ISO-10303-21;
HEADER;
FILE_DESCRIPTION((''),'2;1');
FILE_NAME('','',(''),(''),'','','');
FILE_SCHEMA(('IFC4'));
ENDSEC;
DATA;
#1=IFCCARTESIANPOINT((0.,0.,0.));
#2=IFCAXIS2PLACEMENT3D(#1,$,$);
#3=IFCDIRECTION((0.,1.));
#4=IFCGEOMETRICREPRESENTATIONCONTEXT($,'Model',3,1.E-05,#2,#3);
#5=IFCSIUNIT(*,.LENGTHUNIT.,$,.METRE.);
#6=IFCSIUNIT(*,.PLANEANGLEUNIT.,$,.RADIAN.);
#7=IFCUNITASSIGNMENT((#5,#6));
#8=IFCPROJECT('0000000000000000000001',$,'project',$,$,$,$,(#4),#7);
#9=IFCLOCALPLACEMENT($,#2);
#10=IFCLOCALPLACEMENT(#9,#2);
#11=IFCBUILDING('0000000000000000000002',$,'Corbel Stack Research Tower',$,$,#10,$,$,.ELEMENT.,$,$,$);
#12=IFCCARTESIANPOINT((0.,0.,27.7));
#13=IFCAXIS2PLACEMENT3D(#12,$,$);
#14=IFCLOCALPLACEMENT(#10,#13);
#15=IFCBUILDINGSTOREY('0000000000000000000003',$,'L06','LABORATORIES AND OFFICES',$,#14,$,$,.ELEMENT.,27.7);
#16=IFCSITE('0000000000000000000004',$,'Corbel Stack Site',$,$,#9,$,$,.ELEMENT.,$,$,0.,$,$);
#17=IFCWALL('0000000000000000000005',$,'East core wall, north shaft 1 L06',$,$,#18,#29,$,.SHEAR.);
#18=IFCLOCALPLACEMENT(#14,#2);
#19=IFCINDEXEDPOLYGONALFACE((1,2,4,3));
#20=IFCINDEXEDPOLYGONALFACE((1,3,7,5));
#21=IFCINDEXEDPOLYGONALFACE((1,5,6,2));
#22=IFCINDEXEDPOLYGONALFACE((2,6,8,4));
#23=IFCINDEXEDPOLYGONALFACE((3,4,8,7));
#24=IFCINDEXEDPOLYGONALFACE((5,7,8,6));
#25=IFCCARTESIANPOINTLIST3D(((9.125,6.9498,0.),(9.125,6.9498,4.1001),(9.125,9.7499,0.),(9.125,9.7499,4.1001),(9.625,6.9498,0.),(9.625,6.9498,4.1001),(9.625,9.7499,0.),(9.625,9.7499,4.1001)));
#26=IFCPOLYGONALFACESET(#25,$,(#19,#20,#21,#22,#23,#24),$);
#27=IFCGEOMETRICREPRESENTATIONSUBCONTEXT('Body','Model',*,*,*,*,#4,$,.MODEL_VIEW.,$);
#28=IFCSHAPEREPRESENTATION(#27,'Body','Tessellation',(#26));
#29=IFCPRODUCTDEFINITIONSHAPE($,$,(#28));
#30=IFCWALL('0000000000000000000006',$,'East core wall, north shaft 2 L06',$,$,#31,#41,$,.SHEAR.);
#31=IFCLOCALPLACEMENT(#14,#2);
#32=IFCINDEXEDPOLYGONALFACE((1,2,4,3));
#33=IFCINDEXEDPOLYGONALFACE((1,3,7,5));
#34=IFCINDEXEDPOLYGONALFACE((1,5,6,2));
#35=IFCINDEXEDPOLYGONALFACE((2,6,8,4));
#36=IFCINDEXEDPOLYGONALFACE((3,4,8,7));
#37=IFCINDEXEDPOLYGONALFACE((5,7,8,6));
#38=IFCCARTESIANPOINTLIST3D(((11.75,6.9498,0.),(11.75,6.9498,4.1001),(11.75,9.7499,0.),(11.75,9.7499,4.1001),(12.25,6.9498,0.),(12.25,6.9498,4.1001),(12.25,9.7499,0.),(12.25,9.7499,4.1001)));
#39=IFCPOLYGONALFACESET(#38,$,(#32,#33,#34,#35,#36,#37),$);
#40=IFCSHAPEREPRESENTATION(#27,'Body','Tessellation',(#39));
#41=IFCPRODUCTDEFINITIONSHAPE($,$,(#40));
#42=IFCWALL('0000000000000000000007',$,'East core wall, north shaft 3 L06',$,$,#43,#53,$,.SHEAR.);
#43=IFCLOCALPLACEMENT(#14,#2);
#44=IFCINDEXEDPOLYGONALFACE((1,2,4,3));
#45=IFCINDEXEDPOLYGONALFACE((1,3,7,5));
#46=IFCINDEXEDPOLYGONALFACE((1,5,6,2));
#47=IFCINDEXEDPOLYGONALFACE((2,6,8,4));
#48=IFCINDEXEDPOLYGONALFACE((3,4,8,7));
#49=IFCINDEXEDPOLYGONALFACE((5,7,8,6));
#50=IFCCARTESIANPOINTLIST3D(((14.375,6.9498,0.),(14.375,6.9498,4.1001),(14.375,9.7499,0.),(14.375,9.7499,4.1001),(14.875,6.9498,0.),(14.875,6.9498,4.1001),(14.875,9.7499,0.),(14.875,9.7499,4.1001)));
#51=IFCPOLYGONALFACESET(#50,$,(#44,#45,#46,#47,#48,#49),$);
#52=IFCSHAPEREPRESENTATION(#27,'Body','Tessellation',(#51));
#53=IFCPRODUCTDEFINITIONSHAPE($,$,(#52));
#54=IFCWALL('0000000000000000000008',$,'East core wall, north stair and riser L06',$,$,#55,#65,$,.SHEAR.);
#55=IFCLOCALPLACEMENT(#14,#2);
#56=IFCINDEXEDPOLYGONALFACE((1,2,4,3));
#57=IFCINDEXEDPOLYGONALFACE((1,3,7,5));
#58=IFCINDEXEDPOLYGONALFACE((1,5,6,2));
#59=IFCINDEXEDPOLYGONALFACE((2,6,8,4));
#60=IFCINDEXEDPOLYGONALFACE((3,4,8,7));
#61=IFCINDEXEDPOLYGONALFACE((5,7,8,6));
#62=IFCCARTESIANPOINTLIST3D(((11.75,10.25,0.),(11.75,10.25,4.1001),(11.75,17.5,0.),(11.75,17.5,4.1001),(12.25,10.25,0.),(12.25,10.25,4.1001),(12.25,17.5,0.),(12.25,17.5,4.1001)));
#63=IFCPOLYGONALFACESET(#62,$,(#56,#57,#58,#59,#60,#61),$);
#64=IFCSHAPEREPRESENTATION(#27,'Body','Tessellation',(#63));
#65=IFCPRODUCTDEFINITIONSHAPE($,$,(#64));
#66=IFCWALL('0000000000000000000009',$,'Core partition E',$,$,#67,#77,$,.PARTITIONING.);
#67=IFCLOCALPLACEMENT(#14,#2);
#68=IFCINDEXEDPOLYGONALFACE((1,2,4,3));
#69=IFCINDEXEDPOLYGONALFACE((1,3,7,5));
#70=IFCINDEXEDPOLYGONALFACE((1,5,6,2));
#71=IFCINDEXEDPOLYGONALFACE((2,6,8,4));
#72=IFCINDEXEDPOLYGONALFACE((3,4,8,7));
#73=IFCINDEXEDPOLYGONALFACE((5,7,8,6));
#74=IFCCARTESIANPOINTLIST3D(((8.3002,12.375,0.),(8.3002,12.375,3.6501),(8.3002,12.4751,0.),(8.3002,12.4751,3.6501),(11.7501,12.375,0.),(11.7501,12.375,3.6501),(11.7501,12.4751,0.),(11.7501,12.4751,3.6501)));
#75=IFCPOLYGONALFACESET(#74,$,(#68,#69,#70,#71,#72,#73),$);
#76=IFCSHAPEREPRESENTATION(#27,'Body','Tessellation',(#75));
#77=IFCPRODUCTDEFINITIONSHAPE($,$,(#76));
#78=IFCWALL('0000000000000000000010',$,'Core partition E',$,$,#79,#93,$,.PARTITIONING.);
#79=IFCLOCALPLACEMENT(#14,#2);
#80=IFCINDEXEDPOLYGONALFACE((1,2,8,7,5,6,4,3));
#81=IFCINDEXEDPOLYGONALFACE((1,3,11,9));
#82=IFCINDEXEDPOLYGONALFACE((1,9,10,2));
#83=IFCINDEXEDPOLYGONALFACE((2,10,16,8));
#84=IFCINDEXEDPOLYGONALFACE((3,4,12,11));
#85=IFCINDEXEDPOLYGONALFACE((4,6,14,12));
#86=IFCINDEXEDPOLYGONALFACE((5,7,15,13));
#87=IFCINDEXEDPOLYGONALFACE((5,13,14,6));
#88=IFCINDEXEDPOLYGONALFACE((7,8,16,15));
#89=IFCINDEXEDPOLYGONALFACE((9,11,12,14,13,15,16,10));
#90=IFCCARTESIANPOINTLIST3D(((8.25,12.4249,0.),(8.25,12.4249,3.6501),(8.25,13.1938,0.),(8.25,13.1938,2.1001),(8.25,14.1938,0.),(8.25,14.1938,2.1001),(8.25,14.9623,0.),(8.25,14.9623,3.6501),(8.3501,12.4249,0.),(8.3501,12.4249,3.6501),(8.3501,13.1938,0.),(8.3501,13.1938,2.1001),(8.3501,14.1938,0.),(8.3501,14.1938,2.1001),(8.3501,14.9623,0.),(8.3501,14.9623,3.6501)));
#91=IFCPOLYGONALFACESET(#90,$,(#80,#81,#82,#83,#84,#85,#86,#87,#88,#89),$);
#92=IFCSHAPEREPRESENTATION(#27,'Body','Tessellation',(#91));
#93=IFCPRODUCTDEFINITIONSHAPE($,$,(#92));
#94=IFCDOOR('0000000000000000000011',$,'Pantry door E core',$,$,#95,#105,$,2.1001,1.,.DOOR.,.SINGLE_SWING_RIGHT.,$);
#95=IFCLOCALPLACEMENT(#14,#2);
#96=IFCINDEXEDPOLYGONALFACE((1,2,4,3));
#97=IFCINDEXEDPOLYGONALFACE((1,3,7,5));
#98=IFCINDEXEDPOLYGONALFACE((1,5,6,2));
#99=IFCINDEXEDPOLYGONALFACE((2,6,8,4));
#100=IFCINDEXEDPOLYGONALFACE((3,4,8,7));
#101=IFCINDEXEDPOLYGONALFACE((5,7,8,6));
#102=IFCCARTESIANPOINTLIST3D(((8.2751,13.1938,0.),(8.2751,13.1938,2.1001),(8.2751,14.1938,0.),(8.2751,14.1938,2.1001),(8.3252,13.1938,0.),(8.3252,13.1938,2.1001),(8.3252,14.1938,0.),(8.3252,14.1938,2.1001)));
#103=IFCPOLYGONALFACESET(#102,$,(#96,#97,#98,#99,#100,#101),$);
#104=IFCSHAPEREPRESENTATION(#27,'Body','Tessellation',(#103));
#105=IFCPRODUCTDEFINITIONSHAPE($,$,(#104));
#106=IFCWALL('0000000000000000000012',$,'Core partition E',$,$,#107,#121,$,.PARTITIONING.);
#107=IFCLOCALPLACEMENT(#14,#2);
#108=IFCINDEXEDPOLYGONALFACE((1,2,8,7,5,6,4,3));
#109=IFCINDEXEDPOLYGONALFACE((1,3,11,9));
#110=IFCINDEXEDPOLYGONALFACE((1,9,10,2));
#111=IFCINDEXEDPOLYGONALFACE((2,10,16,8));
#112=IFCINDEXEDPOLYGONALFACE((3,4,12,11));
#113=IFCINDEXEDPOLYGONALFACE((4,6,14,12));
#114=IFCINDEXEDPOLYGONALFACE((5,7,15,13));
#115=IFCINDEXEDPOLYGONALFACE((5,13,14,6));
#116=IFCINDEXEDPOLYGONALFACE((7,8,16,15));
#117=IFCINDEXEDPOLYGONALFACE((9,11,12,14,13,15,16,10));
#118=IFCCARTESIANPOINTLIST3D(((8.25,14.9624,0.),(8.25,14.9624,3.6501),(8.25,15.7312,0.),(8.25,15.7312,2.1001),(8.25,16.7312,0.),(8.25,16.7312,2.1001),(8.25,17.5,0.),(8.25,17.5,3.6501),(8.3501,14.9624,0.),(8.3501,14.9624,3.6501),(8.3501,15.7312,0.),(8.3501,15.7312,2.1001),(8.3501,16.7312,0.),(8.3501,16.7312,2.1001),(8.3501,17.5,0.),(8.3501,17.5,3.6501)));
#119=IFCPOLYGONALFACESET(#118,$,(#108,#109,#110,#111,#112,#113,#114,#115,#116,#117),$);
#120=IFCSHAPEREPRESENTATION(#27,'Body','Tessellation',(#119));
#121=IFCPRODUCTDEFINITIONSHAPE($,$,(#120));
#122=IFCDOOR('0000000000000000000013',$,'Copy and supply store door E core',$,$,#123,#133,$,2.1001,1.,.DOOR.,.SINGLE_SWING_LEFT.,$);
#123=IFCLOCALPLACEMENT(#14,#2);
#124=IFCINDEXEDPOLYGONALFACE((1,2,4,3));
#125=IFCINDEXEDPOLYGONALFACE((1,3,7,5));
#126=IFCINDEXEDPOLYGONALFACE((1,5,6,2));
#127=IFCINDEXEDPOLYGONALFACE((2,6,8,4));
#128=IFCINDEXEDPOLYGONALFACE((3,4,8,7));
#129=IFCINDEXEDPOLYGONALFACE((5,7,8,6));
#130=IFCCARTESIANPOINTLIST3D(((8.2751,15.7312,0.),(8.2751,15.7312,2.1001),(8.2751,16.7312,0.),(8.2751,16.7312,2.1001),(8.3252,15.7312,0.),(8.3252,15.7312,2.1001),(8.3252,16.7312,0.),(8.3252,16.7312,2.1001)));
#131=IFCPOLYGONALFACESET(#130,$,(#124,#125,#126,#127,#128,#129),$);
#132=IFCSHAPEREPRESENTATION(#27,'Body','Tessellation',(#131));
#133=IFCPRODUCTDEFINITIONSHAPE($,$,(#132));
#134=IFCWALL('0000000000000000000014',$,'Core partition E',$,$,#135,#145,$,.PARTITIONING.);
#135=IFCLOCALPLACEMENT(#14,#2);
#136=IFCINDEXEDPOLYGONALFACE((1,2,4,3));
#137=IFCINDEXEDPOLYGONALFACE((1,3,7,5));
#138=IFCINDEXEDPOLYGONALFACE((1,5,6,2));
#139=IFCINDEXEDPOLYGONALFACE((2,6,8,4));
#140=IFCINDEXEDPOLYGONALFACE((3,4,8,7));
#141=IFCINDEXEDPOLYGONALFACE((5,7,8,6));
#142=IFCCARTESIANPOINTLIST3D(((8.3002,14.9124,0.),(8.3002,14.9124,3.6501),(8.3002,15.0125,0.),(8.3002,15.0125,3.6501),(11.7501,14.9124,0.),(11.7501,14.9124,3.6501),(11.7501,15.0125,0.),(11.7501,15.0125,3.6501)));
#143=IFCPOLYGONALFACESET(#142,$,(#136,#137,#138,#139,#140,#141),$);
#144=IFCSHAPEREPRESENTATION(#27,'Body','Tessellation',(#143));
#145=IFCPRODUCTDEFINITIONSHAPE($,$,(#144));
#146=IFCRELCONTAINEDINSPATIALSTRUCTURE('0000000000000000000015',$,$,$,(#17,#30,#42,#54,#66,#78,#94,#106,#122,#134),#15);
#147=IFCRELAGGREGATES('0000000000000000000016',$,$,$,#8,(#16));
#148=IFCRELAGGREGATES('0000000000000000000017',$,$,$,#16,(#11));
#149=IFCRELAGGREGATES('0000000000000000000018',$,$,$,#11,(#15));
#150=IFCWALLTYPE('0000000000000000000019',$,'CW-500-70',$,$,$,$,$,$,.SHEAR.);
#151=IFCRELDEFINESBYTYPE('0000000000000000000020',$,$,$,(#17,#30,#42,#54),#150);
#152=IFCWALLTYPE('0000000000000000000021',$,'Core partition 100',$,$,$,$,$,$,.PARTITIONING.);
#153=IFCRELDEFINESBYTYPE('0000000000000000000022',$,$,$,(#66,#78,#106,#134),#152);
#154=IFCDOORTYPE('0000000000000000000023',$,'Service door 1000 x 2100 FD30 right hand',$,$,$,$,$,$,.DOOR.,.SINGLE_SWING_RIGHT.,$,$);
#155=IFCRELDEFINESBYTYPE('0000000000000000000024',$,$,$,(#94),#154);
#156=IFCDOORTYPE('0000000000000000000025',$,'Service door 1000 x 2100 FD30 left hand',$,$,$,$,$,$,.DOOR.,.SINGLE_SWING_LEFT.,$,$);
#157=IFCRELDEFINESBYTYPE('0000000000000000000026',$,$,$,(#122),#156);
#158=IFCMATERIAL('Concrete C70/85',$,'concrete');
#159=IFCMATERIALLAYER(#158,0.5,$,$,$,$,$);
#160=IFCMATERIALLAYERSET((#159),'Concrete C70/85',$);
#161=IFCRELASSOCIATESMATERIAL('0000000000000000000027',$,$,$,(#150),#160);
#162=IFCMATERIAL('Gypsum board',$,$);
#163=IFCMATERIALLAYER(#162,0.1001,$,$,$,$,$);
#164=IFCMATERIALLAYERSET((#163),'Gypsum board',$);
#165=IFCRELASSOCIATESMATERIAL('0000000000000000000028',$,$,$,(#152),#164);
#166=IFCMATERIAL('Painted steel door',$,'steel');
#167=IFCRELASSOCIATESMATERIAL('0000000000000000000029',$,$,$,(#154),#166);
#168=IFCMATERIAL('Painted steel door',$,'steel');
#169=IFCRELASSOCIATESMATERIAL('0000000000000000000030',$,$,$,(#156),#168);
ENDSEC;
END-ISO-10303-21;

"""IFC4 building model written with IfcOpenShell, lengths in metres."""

from ifc_helpers import new_model, si_unit, direction, frame, frame_2d, origin, place, context, subcontext, project, spatial, rectangle, extrude, material, layer, layer_set, type_object, element, fill, save


model = new_model("IFC4")

# Units and contexts
model_context = context("Model", 3, precision=1e-05, world=origin(), true_north=direction((0.0, 1.0)))
body_context = subcontext(model_context, "Body", "Model", "MODEL_VIEW")
ifc_project = project(units=[si_unit("LENGTHUNIT", "METRE"), si_unit("PLANEANGLEUNIT", "RADIAN")], contexts=[model_context])

# Site, building, storey
site_placement = place(None, origin())
site = spatial("IfcSite", under=ifc_project, at=site_placement, Name="Corbel Stack Site", CompositionType="ELEMENT", RefElevation=0.0)
building_placement = place(site_placement, origin())
building = spatial("IfcBuilding", under=site, at=building_placement, Name="Corbel Stack Research Tower", CompositionType="ELEMENT")
storey_placement = place(building_placement, frame((0.0, 0.0, 27.7)))
storey = spatial("IfcBuildingStorey", under=building, at=storey_placement, Name="L06", Description="LABORATORIES AND OFFICES", CompositionType="ELEMENT", Elevation=27.7)

# Walls
ifc_material_1 = material(Name="Concrete C70/85", Category="concrete")
ifc_layer_1 = layer(ifc_material_1, 0.5)
ifc_layer_set_1 = layer_set([ifc_layer_1], Name="Concrete C70/85")
wall_type_1 = type_object("IfcWallType", Name="CW-500-70", PredefinedType="SHEAR", material=ifc_layer_set_1)
for number, where, z_axis, x_axis, name in (
    (1, (9.375, 6.95, 0.0), (0.0, 0.0, 1.0), (0.0, 1.0, 0.0), "East core wall, north shaft 1 L06"),
    (2, (12.0, 6.95, 0.0), (0.0, 0.0, 1.0), (0.0, 1.0, 0.0), "East core wall, north shaft 2 L06"),
    (3, (14.625, 6.95, 0.0), (0.0, 0.0, 1.0), (0.0, 1.0, 0.0), "East core wall, north shaft 3 L06"),
):
    element("IfcWall", number, at=place(storey_placement, frame(where, z_axis=z_axis, x_axis=x_axis)), inside=storey, type_object=wall_type_1, Name=name, PredefinedType="SHEAR", context=body_context, shape_type="SweptSolid", body=[
        extrude(rectangle(XDim=2.8, YDim=0.5, at=frame_2d((1.3999, 0.0))), origin(), (0.0, 0.0, 1.0), 4.1001),
    ])
wall_1_placement = place(storey_placement, frame((12.0, 10.25, 0.0), z_axis=(0.0, 0.0, 1.0), x_axis=(0.0, 1.0, 0.0)))
element("IfcWall", 4, at=wall_1_placement, inside=storey, type_object=wall_type_1, Name="East core wall, north stair and riser L06", PredefinedType="SHEAR", context=body_context, shape_type="SweptSolid", body=[
    extrude(rectangle(XDim=7.25, YDim=0.5, at=frame_2d((3.625, 0.0))), origin(), (0.0, 0.0, 1.0), 4.1001),
])
ifc_material_2 = material(Name="Gypsum board")
ifc_layer_2 = layer(ifc_material_2, 0.1001)
ifc_layer_set_2 = layer_set([ifc_layer_2], Name="Gypsum board")
wall_type_2 = type_object("IfcWallType", Name="Core partition 100", PredefinedType="PARTITIONING", material=ifc_layer_set_2)
wall_2_placement = place(storey_placement, frame((8.3, 12.425, 0.0), z_axis=(0.0, 0.0, 1.0), x_axis=(1.0, 0.0, 0.0)))
element("IfcWall", 5, at=wall_2_placement, inside=storey, type_object=wall_type_2, Name="Core partition E", PredefinedType="PARTITIONING", context=body_context, shape_type="SweptSolid", body=[
    extrude(rectangle(XDim=3.45, YDim=0.1001, at=frame_2d((1.7251, 0.0))), origin(), (0.0, 0.0, 1.0), 3.6501),
])

# Walls, openings, doors
wall_3_placement = place(storey_placement, frame((8.3, 12.425, 0.0), z_axis=(0.0, 0.0, 1.0), x_axis=(0.0, 1.0, 0.0)))
wall_3 = element("IfcWall", 6, at=wall_3_placement, inside=storey, type_object=wall_type_2, Name="Core partition E", PredefinedType="PARTITIONING", context=body_context, shape_type="SweptSolid", body=[
    extrude(rectangle(XDim=2.5374, YDim=0.1001, at=frame_2d((1.2686, 0.0))), origin(), (0.0, 0.0, 1.0), 3.6501),
])
opening_1_placement = place(wall_3_placement, frame((0.7688, 0.0, 0.0)))
opening_1 = element("IfcOpeningElement", 7, at=opening_1_placement, cuts=wall_3, PredefinedType="OPENING", context=body_context, shape_type="SweptSolid", body=[
    extrude(rectangle(XDim=1.0, YDim=2.1001, at=frame_2d((0.5, 1.05))), frame((0.0, 0.0601, 0.0), z_axis=(0.0, -1.0, 0.0), x_axis=(1.0, 0.0, 0.0)), (0.0, 0.0, 1.0), 0.1201),
])
ifc_material_3 = material(Name="Painted steel door", Category="steel")
door_type_1 = type_object("IfcDoorType", Name="Service door 1000 x 2100 FD30 right hand", OperationType="SINGLE_SWING_RIGHT", PredefinedType="DOOR", material=ifc_material_3)
door_1_placement = place(opening_1_placement, origin())
door_1 = element("IfcDoor", 8, at=door_1_placement, inside=storey, type_object=door_type_1, Name="Pantry door E core", OperationType="SINGLE_SWING_RIGHT", OverallHeight=2.1001, OverallWidth=1.0, PredefinedType="DOOR", context=body_context, shape_type="SweptSolid", body=[
    extrude(rectangle(XDim=1.0, YDim=2.1001, at=frame_2d((0.5, 1.05))), frame((0.0, 0.0249, 0.0), z_axis=(0.0, -1.0, 0.0), x_axis=(1.0, 0.0, 0.0)), (0.0, 0.0, 1.0), 0.05),
])
fill(opening_1, door_1)
wall_4_placement = place(storey_placement, frame((8.3, 14.9624, 0.0), z_axis=(0.0, 0.0, 1.0), x_axis=(0.0, 1.0, 0.0)))
wall_4 = element("IfcWall", 9, at=wall_4_placement, inside=storey, type_object=wall_type_2, Name="Core partition E", PredefinedType="PARTITIONING", context=body_context, shape_type="SweptSolid", body=[
    extrude(rectangle(XDim=2.5376, YDim=0.1001, at=frame_2d((1.2688, 0.0))), origin(), (0.0, 0.0, 1.0), 3.6501),
])
opening_2_placement = place(wall_4_placement, frame((0.7688, 0.0, 0.0)))
opening_2 = element("IfcOpeningElement", 10, at=opening_2_placement, cuts=wall_4, PredefinedType="OPENING", context=body_context, shape_type="SweptSolid", body=[
    extrude(rectangle(XDim=1.0, YDim=2.1001, at=frame_2d((0.5, 1.05))), frame((0.0, 0.0601, 0.0), z_axis=(0.0, -1.0, 0.0), x_axis=(1.0, 0.0, 0.0)), (0.0, 0.0, 1.0), 0.1201),
])
ifc_material_4 = material(Name="Painted steel door", Category="steel")
door_type_2 = type_object("IfcDoorType", Name="Service door 1000 x 2100 FD30 left hand", OperationType="SINGLE_SWING_LEFT", PredefinedType="DOOR", material=ifc_material_4)
door_2_placement = place(opening_2_placement, origin())
door_2 = element("IfcDoor", 11, at=door_2_placement, inside=storey, type_object=door_type_2, Name="Copy and supply store door E core", OperationType="SINGLE_SWING_LEFT", OverallHeight=2.1001, OverallWidth=1.0, PredefinedType="DOOR", context=body_context, shape_type="SweptSolid", body=[
    extrude(rectangle(XDim=1.0, YDim=2.1001, at=frame_2d((0.5, 1.05))), frame((0.0, 0.0249, 0.0), z_axis=(0.0, -1.0, 0.0), x_axis=(1.0, 0.0, 0.0)), (0.0, 0.0, 1.0), 0.05),
])
fill(opening_2, door_2)

# Wall
wall_5_placement = place(storey_placement, frame((8.3, 14.9624, 0.0), z_axis=(0.0, 0.0, 1.0), x_axis=(1.0, 0.0, 0.0)))
element("IfcWall", 12, at=wall_5_placement, inside=storey, type_object=wall_type_2, Name="Core partition E", PredefinedType="PARTITIONING", context=body_context, shape_type="SweptSolid", body=[
    extrude(rectangle(XDim=3.45, YDim=0.1001, at=frame_2d((1.7251, 0.0))), origin(), (0.0, 0.0, 1.0), 3.6501),
])

save(model, "model.ifc")
